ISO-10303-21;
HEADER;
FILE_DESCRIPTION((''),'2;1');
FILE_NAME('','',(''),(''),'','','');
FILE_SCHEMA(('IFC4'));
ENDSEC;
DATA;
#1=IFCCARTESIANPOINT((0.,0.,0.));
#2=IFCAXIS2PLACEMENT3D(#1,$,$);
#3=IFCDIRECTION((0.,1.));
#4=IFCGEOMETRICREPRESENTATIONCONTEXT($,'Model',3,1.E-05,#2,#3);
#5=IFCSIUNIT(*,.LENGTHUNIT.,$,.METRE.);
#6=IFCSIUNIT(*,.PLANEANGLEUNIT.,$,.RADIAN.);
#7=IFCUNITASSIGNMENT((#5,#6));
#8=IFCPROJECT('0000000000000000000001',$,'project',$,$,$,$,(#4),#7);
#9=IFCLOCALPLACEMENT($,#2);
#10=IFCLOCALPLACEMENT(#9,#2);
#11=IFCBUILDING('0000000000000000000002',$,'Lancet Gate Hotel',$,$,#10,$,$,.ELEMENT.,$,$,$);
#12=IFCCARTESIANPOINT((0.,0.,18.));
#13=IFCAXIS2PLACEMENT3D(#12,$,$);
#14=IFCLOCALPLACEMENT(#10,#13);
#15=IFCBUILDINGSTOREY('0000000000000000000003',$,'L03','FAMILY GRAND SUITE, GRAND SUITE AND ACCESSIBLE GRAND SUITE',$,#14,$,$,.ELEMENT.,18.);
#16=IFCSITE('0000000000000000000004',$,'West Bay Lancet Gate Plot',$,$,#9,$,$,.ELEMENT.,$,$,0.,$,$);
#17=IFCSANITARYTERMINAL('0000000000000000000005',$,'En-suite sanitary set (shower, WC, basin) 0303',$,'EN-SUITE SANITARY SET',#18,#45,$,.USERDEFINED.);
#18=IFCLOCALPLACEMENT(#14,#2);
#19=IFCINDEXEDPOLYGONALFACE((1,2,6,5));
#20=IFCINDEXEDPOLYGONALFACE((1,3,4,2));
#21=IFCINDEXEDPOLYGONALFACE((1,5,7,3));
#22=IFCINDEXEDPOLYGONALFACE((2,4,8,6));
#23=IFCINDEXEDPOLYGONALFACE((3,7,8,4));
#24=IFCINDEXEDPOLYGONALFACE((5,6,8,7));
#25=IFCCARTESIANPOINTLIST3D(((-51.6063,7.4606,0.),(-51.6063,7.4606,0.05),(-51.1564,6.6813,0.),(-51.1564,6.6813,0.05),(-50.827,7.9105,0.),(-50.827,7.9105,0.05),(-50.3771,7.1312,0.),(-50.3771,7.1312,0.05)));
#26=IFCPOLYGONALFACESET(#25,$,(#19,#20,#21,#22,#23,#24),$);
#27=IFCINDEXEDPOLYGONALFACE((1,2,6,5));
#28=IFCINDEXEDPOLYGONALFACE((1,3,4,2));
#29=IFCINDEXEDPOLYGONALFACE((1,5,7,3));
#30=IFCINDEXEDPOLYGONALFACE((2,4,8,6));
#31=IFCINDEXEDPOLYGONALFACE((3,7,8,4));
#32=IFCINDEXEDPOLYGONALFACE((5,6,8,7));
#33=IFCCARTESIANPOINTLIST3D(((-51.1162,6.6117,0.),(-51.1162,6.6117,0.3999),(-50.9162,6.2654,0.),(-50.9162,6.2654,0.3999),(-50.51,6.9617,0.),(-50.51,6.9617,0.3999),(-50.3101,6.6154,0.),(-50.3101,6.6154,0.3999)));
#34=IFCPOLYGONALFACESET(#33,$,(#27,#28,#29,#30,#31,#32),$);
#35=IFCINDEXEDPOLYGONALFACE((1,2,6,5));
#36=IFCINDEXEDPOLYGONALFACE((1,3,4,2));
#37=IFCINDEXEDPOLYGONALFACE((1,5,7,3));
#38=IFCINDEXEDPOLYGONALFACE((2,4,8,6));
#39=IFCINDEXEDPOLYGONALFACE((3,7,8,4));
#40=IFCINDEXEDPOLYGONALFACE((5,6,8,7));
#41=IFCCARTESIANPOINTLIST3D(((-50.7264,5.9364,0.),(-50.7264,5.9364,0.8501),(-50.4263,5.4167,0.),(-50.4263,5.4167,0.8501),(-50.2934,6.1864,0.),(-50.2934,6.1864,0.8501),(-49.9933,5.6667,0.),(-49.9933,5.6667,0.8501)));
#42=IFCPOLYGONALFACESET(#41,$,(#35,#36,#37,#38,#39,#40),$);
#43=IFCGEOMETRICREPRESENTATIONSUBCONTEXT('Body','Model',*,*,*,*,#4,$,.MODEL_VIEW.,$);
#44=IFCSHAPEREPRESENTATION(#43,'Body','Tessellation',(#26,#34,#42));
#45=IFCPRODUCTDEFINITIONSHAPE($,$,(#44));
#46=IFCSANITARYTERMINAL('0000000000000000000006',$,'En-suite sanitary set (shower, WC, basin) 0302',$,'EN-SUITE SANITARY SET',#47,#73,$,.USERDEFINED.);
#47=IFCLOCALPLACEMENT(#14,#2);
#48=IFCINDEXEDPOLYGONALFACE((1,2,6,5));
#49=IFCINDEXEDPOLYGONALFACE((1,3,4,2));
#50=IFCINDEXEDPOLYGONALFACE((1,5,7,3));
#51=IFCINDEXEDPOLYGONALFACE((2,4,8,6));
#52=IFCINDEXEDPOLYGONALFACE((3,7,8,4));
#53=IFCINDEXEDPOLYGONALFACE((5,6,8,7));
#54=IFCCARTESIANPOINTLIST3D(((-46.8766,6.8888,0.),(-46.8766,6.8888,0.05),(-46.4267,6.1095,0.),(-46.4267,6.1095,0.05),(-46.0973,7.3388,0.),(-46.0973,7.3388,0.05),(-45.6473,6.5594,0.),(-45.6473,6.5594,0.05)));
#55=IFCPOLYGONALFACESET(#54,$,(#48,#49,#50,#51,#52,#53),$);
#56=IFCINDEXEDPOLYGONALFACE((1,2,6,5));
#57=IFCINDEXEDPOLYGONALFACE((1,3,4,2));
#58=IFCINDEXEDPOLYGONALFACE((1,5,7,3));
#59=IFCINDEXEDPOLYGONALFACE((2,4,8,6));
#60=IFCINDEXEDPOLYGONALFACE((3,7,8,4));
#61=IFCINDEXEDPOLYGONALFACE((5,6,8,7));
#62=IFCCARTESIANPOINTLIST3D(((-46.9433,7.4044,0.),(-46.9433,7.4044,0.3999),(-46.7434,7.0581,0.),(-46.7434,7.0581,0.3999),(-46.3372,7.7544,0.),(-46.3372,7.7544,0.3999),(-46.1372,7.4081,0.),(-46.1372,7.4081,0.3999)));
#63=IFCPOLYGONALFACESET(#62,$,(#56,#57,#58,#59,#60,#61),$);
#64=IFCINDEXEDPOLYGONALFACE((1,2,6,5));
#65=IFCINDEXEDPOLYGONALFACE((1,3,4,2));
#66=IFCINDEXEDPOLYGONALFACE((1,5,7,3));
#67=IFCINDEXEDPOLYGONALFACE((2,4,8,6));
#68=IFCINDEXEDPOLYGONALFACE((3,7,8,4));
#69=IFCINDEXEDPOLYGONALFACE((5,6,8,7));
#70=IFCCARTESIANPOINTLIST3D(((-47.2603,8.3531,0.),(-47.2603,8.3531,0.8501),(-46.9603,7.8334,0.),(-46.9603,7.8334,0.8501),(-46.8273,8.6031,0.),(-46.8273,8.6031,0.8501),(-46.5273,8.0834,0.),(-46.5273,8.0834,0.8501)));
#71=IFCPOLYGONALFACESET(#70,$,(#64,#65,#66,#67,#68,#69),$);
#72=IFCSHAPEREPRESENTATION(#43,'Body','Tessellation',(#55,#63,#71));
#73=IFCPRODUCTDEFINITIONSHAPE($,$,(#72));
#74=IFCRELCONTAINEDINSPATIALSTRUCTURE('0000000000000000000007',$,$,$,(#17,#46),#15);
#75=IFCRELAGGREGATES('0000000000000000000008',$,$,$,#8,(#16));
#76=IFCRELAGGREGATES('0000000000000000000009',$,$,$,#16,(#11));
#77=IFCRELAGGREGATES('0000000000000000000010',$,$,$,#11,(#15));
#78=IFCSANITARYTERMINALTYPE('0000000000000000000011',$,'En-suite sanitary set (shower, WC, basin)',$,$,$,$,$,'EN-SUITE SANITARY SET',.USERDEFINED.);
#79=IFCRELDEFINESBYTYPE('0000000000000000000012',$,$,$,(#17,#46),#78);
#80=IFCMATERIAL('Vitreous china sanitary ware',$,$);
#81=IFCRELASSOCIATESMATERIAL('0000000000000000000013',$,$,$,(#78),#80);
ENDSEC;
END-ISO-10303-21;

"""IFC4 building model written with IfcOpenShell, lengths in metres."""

from ifc_helpers import new_model, si_unit, direction, frame, origin, origin_2d, place, context, subcontext, project, spatial, rectangle, extrude, material, type_object, element, save


model = new_model("IFC4")

# Units and contexts
model_context = context("Model", 3, precision=1e-05, world=origin(), true_north=direction((0.0, 1.0)))
body_context = subcontext(model_context, "Body", "Model", "MODEL_VIEW")
ifc_project = project(units=[si_unit("LENGTHUNIT", "METRE"), si_unit("PLANEANGLEUNIT", "RADIAN")], contexts=[model_context])

# Site, building, storey
site_placement = place(None, origin())
site = spatial("IfcSite", under=ifc_project, at=site_placement, Name="West Bay Lancet Gate Plot", CompositionType="ELEMENT", RefElevation=0.0)
building_placement = place(site_placement, origin())
building = spatial("IfcBuilding", under=site, at=building_placement, Name="Lancet Gate Hotel", CompositionType="ELEMENT")
storey_placement = place(building_placement, frame((0.0, 0.0, 18.0)))
storey = spatial("IfcBuildingStorey", under=building, at=storey_placement, Name="L03", Description="FAMILY GRAND SUITE, GRAND SUITE AND ACCESSIBLE GRAND SUITE", CompositionType="ELEMENT", Elevation=18.0)

# Sanitary terminals
ifc_material_1 = material(Name="Vitreous china sanitary ware")
sanitary_terminal_type = type_object("IfcSanitaryTerminalType", Name="En-suite sanitary set (shower, WC, basin)", ElementType="EN-SUITE SANITARY SET", PredefinedType="USERDEFINED", material=ifc_material_1)
sanitary_terminal_1_placement = place(storey_placement, frame((-50.9917, 7.2959, 0.0), z_axis=(0.0, 0.0, 1.0), x_axis=(1.0, 0.0, 0.0)))
element("IfcSanitaryTerminal", 1, at=sanitary_terminal_1_placement, inside=storey, type_object=sanitary_terminal_type, Name="En-suite sanitary set (shower, WC, basin) 0303", ObjectType="EN-SUITE SANITARY SET", PredefinedType="USERDEFINED", context=body_context, shape_type="SweptSolid", body=[
    extrude(rectangle(XDim=0.8999, YDim=0.8999, at=origin_2d()), frame((0.0, 0.0, 0.0), z_axis=(0.0, 0.0, 1.0), x_axis=(-0.5, 0.866025, 0.0)), (0.0, 0.0, 1.0), 0.05),
    extrude(rectangle(XDim=0.3999, YDim=0.7, at=origin_2d()), frame((0.2786, -0.6824, 0.0), z_axis=(0.0, 0.0, 1.0), x_axis=(-0.5, 0.866025, 0.0)), (0.0, 0.0, 1.0), 0.3999),
    extrude(rectangle(XDim=0.6001, YDim=0.5, at=origin_2d()), frame((0.6318, -1.4944, 0.0), z_axis=(0.0, 0.0, 1.0), x_axis=(-0.5, 0.866025, 0.0)), (0.0, 0.0, 1.0), 0.8501),
])
sanitary_terminal_2_placement = place(storey_placement, frame((-46.262, 6.7241, 0.0), z_axis=(0.0, 0.0, 1.0), x_axis=(1.0, 0.0, 0.0)))
element("IfcSanitaryTerminal", 2, at=sanitary_terminal_2_placement, inside=storey, type_object=sanitary_terminal_type, Name="En-suite sanitary set (shower, WC, basin) 0302", ObjectType="EN-SUITE SANITARY SET", PredefinedType="USERDEFINED", context=body_context, shape_type="SweptSolid", body=[
    extrude(rectangle(XDim=0.8999, YDim=0.8999, at=origin_2d()), frame((0.0, 0.0, 0.0), z_axis=(0.0, 0.0, 1.0), x_axis=(0.5, -0.866025, 0.0)), (0.0, 0.0, 1.0), 0.05),
    extrude(rectangle(XDim=0.3999, YDim=0.7, at=origin_2d()), frame((-0.2783, 0.6821, 0.0), z_axis=(0.0, 0.0, 1.0), x_axis=(0.5, -0.866025, 0.0)), (0.0, 0.0, 1.0), 0.3999),
    extrude(rectangle(XDim=0.6001, YDim=0.5, at=origin_2d()), frame((-0.6318, 1.4941, 0.0), z_axis=(0.0, 0.0, 1.0), x_axis=(0.5, -0.866025, 0.0)), (0.0, 0.0, 1.0), 0.8501),
])

save(model, "model.ifc")
